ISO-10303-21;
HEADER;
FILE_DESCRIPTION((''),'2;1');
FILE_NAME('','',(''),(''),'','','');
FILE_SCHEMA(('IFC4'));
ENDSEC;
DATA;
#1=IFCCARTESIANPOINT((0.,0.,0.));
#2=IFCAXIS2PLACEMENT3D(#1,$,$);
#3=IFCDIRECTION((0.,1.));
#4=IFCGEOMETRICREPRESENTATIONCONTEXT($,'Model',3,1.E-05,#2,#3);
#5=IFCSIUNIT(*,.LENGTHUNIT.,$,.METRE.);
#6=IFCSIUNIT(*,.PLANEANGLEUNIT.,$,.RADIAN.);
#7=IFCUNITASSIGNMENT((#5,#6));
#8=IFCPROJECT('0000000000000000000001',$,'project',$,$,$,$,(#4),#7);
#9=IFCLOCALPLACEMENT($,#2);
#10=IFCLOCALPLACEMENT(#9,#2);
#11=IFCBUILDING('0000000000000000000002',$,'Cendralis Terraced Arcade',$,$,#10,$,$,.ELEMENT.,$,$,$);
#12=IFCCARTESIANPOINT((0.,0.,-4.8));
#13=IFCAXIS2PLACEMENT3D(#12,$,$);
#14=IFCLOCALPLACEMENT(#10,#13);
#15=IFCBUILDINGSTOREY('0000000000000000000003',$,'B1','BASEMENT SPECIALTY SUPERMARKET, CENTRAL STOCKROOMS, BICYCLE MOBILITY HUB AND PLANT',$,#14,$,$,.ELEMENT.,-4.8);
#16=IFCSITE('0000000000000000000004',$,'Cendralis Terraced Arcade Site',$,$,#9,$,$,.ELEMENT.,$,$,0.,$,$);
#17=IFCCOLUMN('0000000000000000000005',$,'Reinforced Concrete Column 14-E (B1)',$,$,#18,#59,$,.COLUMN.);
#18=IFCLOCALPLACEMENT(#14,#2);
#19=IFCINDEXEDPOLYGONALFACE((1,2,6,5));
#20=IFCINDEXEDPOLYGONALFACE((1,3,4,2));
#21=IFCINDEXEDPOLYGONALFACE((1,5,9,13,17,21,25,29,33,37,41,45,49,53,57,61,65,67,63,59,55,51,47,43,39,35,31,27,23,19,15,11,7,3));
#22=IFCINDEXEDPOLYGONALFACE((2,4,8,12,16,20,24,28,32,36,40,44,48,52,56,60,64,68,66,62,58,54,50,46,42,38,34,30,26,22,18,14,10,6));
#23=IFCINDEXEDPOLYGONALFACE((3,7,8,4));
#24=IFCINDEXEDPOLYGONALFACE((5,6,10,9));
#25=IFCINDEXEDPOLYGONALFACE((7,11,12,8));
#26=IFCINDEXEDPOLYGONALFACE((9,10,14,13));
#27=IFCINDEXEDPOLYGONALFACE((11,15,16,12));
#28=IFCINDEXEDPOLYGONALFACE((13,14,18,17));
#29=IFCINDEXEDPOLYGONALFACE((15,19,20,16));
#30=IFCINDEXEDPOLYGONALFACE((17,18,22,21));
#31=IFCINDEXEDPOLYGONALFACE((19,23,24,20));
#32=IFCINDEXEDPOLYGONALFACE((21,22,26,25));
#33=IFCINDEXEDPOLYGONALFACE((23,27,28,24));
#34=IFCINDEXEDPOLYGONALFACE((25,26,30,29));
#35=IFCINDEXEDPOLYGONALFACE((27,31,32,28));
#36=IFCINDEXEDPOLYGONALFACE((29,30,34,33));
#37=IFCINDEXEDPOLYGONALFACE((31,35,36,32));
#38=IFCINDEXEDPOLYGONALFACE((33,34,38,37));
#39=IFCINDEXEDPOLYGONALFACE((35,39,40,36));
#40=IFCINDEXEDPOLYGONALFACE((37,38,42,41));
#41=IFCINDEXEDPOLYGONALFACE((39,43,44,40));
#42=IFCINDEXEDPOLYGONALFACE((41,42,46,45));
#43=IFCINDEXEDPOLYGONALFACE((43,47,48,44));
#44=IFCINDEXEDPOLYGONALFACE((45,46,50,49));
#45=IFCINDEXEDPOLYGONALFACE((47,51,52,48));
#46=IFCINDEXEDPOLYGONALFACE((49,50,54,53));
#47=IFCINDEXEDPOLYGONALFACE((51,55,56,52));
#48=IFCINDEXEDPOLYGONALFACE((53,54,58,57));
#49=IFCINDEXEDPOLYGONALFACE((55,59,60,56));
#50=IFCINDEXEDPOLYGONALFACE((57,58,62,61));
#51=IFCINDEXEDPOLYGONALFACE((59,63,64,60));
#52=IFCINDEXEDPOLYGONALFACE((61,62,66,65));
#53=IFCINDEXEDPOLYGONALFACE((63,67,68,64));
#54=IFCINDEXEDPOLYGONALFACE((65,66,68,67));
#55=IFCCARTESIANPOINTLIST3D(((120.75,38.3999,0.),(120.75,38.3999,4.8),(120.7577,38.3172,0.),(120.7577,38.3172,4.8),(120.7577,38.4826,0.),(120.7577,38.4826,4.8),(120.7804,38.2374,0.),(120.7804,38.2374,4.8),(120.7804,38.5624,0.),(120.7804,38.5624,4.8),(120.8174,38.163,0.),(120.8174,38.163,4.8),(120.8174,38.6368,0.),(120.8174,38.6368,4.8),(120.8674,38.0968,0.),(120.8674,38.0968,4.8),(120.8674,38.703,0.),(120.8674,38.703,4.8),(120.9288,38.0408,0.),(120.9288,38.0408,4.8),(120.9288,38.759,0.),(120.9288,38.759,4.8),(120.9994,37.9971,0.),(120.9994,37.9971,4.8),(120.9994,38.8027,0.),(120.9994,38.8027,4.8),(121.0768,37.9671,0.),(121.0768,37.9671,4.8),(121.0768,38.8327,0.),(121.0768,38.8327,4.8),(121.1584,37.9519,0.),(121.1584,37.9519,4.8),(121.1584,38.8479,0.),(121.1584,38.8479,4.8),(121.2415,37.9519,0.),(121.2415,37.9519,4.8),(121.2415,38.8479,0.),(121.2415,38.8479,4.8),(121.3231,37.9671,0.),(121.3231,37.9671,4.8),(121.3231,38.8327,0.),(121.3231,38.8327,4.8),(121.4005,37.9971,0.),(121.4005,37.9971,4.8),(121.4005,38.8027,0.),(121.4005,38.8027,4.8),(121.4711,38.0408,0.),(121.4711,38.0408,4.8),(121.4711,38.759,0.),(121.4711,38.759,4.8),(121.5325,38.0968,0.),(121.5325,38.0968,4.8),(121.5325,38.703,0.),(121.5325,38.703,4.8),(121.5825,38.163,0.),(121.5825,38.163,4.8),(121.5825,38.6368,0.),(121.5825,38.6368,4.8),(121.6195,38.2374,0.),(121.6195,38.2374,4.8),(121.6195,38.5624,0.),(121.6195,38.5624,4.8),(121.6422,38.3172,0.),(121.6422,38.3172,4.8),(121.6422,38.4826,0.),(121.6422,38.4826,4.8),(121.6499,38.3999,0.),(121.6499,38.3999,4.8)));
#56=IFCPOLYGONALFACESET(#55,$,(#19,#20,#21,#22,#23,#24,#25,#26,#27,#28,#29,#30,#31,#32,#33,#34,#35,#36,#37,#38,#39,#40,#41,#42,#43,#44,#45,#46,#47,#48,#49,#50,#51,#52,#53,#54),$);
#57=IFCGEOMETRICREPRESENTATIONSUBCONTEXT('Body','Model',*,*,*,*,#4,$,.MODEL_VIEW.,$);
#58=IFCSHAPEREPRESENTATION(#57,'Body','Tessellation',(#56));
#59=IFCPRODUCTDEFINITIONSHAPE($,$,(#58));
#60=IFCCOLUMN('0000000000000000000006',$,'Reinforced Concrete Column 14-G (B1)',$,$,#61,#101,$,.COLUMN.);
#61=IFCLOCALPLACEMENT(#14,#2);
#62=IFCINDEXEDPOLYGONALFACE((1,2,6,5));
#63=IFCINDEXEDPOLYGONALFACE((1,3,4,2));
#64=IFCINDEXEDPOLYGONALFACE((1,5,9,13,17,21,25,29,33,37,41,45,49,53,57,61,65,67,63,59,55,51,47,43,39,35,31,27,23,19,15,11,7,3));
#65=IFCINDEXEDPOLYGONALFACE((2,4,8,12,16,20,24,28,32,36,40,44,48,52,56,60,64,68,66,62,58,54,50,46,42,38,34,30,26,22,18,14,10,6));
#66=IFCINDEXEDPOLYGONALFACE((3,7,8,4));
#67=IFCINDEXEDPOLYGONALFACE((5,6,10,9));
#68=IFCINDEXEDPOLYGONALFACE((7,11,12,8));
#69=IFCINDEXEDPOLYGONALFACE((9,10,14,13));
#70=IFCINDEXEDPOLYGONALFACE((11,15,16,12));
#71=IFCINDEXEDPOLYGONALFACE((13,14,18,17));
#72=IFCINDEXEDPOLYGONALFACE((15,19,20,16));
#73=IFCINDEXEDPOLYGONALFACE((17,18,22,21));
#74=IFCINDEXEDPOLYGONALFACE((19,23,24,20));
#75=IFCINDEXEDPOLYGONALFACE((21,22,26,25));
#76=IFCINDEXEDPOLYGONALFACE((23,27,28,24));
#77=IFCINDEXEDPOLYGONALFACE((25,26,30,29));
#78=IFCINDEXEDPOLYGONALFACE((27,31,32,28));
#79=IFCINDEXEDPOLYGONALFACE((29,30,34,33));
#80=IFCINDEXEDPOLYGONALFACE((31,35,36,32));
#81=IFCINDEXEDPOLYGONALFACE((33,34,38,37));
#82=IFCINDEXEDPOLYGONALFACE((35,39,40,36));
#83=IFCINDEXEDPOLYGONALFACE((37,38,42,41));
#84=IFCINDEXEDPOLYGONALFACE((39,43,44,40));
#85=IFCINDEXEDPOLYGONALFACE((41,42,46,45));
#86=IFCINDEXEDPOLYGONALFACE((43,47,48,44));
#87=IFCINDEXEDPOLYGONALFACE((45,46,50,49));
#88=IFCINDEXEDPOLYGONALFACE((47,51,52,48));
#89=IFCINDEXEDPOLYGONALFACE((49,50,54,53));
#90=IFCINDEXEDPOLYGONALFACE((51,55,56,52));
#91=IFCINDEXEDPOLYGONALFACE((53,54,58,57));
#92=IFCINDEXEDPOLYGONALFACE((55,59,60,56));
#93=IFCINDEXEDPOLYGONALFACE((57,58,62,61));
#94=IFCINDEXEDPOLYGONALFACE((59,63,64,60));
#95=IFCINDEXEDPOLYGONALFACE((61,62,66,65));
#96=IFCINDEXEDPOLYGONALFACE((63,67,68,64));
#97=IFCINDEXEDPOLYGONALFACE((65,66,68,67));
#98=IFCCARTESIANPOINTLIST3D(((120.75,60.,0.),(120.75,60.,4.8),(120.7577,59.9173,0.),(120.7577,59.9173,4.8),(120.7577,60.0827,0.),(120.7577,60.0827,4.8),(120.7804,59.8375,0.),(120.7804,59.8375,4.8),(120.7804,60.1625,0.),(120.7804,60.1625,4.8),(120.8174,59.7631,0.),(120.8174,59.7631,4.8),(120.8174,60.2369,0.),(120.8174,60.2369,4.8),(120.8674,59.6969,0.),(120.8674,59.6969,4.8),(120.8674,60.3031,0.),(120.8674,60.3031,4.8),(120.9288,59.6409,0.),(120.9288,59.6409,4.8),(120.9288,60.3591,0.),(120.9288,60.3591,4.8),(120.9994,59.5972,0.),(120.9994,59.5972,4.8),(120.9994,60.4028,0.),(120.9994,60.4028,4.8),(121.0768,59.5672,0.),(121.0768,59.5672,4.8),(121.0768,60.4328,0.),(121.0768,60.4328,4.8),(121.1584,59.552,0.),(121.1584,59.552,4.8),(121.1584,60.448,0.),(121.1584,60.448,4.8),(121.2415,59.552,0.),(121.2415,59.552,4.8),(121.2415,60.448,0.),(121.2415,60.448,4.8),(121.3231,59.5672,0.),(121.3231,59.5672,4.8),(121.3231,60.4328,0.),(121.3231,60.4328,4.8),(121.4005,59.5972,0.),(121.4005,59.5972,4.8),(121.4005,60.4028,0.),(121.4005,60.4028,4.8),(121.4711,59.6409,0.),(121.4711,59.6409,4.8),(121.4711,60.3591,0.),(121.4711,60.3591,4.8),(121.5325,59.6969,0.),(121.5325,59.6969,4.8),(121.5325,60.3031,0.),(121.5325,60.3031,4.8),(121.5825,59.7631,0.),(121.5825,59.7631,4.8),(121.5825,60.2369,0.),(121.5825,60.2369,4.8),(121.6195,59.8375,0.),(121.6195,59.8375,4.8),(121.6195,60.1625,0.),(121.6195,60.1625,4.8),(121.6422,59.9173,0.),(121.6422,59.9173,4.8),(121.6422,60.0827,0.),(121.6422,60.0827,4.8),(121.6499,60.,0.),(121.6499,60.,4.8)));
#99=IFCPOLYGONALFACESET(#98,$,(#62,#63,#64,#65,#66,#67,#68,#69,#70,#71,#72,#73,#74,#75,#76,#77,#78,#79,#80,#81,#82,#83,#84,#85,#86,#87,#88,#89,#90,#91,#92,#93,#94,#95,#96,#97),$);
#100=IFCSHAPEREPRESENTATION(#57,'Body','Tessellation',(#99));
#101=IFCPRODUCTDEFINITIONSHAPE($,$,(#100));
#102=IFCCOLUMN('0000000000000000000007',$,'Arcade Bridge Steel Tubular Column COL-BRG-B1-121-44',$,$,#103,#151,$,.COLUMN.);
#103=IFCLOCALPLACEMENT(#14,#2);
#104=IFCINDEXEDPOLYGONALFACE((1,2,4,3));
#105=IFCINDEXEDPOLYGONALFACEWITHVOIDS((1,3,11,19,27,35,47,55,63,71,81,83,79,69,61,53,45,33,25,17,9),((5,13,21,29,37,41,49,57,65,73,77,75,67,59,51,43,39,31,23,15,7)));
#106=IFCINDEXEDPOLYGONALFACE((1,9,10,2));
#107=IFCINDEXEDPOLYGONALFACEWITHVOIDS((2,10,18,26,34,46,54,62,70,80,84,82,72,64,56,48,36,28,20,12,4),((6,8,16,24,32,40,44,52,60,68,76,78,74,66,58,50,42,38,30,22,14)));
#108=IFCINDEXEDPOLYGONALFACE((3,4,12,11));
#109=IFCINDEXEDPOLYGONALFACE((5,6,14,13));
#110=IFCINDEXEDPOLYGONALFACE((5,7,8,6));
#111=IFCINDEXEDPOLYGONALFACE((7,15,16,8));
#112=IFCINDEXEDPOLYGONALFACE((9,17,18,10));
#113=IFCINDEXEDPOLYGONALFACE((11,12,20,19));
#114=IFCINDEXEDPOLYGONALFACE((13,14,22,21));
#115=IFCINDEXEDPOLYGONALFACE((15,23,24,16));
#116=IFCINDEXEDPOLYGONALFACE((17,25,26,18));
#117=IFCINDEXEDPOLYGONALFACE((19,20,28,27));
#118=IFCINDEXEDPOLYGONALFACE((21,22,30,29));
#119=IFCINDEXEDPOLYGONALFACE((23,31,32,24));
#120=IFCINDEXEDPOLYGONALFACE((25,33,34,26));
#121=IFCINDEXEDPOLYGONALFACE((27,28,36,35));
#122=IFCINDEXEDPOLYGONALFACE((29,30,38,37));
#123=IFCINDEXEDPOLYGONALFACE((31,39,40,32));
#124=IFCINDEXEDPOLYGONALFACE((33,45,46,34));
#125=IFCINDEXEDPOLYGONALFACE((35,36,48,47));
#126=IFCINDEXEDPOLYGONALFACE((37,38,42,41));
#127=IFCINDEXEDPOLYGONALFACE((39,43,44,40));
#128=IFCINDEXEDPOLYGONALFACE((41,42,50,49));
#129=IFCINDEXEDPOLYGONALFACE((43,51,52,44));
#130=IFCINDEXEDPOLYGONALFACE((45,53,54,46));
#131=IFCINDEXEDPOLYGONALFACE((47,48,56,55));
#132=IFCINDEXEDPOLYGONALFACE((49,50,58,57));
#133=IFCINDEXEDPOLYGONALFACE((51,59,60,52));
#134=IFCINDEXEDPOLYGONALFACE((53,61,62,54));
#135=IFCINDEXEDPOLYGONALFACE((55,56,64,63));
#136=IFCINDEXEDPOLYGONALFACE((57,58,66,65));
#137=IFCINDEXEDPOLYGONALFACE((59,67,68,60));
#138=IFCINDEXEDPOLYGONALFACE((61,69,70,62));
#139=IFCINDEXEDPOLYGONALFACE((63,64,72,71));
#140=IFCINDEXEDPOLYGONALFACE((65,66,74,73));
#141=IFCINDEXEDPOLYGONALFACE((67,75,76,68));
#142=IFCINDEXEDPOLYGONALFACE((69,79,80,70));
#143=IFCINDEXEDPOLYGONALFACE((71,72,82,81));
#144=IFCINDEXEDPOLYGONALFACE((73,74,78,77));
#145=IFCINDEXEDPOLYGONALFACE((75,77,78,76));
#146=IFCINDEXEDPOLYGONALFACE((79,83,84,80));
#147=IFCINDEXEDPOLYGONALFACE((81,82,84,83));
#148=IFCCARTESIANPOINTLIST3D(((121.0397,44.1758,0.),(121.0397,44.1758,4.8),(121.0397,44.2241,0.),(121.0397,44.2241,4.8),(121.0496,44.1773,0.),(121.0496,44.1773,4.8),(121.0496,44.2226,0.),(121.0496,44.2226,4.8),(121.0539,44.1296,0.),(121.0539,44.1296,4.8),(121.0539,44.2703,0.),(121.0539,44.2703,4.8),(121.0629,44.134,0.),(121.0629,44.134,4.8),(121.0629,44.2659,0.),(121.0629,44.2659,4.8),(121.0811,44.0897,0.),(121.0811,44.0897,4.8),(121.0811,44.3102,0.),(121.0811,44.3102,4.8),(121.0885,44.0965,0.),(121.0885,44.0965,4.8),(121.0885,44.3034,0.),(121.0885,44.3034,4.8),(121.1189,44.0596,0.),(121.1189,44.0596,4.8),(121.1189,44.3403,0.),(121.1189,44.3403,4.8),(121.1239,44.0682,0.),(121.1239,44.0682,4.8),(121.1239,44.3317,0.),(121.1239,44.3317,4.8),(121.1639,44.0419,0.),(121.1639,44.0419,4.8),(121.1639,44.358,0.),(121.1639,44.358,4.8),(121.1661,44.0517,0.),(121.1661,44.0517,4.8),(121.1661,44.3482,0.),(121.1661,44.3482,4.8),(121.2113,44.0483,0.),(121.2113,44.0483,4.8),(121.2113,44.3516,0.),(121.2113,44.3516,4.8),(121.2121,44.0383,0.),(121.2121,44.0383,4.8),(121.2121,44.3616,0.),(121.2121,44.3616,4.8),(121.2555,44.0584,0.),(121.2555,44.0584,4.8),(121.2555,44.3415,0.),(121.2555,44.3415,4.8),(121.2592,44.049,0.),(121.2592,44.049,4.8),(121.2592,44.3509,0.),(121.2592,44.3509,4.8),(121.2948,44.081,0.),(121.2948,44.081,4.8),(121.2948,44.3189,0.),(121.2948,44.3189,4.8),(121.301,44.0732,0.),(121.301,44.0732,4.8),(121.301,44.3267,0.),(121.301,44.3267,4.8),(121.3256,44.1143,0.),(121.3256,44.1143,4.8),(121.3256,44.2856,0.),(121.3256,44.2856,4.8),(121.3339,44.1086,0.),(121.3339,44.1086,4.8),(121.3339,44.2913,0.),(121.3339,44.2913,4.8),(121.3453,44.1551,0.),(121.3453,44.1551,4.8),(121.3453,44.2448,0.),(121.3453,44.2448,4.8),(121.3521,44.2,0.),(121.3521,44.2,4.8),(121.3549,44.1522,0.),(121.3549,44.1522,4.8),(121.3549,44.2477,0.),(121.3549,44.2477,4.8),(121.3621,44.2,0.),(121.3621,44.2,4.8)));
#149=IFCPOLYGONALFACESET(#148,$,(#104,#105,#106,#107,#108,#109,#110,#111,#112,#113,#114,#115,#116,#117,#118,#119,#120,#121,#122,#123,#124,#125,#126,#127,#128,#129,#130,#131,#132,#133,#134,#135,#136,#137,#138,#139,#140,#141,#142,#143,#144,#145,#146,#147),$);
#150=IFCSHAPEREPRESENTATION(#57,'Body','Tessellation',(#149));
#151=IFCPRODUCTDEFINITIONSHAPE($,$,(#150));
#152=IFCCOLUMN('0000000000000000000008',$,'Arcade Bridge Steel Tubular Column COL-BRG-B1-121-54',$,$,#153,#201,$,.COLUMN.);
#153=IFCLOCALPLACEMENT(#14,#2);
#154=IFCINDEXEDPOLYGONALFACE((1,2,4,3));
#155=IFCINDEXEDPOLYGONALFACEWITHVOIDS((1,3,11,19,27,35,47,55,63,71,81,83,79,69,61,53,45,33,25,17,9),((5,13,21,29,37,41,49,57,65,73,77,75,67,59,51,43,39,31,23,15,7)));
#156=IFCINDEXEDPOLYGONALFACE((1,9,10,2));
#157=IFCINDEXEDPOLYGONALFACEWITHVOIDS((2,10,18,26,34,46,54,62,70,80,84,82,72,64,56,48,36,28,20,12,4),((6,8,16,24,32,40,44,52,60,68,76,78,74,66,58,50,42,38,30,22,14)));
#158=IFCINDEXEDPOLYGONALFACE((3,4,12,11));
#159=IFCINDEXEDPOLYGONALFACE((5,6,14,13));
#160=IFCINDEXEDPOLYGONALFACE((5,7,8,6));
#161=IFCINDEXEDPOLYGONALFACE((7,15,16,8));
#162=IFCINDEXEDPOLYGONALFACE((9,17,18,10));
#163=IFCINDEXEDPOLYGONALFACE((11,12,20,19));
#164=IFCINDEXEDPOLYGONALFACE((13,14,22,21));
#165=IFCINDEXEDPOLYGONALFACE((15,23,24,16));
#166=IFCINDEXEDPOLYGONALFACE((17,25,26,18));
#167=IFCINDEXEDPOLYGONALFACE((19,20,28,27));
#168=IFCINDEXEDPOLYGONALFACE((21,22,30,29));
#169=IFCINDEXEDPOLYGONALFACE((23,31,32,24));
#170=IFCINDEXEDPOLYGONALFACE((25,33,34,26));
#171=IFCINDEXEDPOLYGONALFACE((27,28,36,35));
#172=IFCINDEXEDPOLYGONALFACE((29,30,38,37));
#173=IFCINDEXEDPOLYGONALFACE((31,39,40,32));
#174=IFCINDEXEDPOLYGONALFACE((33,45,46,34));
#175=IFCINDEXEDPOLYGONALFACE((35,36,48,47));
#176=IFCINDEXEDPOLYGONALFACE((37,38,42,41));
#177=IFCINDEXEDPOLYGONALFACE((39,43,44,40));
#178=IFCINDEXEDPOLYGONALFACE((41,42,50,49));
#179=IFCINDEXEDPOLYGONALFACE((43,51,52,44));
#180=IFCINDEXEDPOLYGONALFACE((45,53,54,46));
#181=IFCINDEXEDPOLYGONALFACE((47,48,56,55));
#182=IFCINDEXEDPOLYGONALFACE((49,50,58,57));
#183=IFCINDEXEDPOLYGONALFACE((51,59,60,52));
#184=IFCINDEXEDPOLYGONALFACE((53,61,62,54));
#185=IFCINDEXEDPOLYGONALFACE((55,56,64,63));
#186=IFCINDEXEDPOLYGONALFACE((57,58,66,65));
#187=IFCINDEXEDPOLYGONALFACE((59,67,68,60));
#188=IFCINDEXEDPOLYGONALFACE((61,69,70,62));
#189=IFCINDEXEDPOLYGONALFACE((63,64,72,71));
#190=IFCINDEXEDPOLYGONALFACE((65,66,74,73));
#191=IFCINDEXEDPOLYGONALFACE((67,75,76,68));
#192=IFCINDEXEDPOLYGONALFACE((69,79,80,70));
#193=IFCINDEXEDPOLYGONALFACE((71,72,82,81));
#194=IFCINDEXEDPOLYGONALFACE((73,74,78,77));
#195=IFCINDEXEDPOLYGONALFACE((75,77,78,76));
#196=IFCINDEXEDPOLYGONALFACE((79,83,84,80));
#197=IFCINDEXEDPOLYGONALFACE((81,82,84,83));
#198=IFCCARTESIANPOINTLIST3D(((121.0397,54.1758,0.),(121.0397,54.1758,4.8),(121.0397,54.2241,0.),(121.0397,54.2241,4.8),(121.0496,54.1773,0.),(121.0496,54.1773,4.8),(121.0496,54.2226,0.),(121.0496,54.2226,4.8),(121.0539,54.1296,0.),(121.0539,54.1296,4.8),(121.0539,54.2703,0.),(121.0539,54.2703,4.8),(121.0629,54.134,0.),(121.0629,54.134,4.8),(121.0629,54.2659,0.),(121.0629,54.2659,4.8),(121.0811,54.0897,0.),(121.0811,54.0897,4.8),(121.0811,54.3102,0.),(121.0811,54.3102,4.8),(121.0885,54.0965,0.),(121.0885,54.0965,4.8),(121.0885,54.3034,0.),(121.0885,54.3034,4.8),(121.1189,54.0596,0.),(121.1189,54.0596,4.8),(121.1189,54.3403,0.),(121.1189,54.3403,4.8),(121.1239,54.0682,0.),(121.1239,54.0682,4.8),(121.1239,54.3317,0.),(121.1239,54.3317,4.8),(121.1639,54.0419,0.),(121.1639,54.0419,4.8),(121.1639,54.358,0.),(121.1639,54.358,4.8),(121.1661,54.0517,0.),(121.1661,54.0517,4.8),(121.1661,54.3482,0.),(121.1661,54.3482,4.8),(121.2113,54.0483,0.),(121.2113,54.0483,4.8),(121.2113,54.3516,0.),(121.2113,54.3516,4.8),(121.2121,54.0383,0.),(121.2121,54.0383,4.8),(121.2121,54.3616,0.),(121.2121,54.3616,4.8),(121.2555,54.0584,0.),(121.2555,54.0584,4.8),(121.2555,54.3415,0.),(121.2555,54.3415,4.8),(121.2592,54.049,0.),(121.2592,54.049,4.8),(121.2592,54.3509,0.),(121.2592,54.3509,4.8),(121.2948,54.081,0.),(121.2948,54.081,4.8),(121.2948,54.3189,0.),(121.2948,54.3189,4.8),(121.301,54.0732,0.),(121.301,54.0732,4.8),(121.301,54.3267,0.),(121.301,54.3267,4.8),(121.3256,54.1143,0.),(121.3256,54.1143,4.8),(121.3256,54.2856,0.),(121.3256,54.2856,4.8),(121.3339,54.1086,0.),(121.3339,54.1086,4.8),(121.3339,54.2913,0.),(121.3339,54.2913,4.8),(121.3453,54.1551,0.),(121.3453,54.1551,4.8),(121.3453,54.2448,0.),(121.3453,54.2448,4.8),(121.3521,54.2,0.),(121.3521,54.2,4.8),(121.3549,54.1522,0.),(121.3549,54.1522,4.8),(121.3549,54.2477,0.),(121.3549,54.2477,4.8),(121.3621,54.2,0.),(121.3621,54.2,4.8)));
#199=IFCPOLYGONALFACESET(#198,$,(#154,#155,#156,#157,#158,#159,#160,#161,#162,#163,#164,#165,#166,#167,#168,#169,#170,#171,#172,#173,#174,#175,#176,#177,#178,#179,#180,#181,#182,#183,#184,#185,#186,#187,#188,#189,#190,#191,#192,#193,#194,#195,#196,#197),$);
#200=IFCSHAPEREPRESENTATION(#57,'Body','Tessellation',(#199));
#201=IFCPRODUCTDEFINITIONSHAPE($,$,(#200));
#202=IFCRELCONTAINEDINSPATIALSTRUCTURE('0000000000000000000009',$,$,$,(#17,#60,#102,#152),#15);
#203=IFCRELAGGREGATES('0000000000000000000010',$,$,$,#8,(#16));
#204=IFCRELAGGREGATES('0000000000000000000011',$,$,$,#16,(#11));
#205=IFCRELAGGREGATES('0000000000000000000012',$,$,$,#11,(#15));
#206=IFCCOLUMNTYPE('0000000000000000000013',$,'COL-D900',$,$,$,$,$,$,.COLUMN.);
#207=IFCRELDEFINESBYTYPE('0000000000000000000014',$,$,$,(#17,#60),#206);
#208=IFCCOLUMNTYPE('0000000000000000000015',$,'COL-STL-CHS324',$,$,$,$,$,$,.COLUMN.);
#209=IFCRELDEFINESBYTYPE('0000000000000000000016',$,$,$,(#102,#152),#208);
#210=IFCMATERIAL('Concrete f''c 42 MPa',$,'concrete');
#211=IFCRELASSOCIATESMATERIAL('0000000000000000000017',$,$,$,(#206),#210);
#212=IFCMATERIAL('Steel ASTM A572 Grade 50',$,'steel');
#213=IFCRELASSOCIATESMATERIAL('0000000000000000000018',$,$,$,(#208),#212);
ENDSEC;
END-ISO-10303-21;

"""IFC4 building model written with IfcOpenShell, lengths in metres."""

from ifc_helpers import new_model, si_unit, direction, frame, origin, origin_2d, place, context, subcontext, project, spatial, circle, hollow_circle, extrude, material, material_profile, profile_set, type_object, element, save


model = new_model("IFC4")

# Units and contexts
model_context = context("Model", 3, precision=1e-05, world=origin(), true_north=direction((0.0, 1.0)))
body_context = subcontext(model_context, "Body", "Model", "MODEL_VIEW")
ifc_project = project(units=[si_unit("LENGTHUNIT", "METRE"), si_unit("PLANEANGLEUNIT", "RADIAN")], contexts=[model_context])

# Site, building, storey
site_placement = place(None, origin())
site = spatial("IfcSite", under=ifc_project, at=site_placement, Name="Cendralis Terraced Arcade Site", CompositionType="ELEMENT", RefElevation=0.0)
building_placement = place(site_placement, origin())
building = spatial("IfcBuilding", under=site, at=building_placement, Name="Cendralis Terraced Arcade", CompositionType="ELEMENT")
storey_placement = place(building_placement, frame((0.0, 0.0, -4.8)))
storey = spatial("IfcBuildingStorey", under=building, at=storey_placement, Name="B1", Description="BASEMENT SPECIALTY SUPERMARKET, CENTRAL STOCKROOMS, BICYCLE MOBILITY HUB AND PLANT", CompositionType="ELEMENT", Elevation=-4.8)

# Columns
ifc_material_1 = material(Name="Concrete f'c 42 MPa", Category="concrete")
ifc_material_profile_1 = material_profile(ifc_material_1, circle(Radius=0.45, at=origin_2d()), Name="RC-COL-D900", Category="LoadBearing")
ifc_profile_set_1 = profile_set([ifc_material_profile_1], Name="Concrete f'c 42 MPa")
column_type_1 = type_object("IfcColumnType", Name="COL-D900", PredefinedType="COLUMN", material=ifc_profile_set_1)
for number, where, z_axis, x_axis, name in (
    (1, (121.2, 38.3999, 0.0), (0.0, 0.0, 1.0), (1.0, 0.0, 0.0), "Reinforced Concrete Column 14-E (B1)"),
    (2, (121.2, 60.0, 0.0), (0.0, 0.0, 1.0), (1.0, 0.0, 0.0), "Reinforced Concrete Column 14-G (B1)"),
):
    element("IfcColumn", number, at=place(storey_placement, frame(where, z_axis=z_axis, x_axis=x_axis)), inside=storey, type_object=column_type_1, Name=name, PredefinedType="COLUMN", context=body_context, shape_type="SweptSolid", body=[
        extrude(circle(Radius=0.45, at=origin_2d()), origin(), (0.0, 0.0, 1.0), 4.8),
    ])
ifc_material_2 = material(Name="Steel ASTM A572 Grade 50", Category="steel")
ifc_material_profile_2 = material_profile(ifc_material_2, hollow_circle(Radius=0.1621, WallThickness=0.01, at=origin_2d()), Name="CHS324X10", Category="LoadBearing")
ifc_profile_set_2 = profile_set([ifc_material_profile_2], Name="Steel ASTM A572 Grade 50")
column_type_2 = type_object("IfcColumnType", Name="COL-STL-CHS324", PredefinedType="COLUMN", material=ifc_profile_set_2)
for number, where, z_axis, x_axis, name in (
    (3, (121.2, 44.2, 0.0), (0.0, 0.0, 1.0), (1.0, 0.0, 0.0), "Arcade Bridge Steel Tubular Column COL-BRG-B1-121-44"),
    (4, (121.2, 54.2, 0.0), (0.0, 0.0, 1.0), (1.0, 0.0, 0.0), "Arcade Bridge Steel Tubular Column COL-BRG-B1-121-54"),
):
    element("IfcColumn", number, at=place(storey_placement, frame(where, z_axis=z_axis, x_axis=x_axis)), inside=storey, type_object=column_type_2, Name=name, PredefinedType="COLUMN", context=body_context, shape_type="SweptSolid", body=[
        extrude(hollow_circle(Radius=0.1621, WallThickness=0.01, at=origin_2d()), origin(), (0.0, 0.0, 1.0), 4.8),
    ])

save(model, "model.ifc")
